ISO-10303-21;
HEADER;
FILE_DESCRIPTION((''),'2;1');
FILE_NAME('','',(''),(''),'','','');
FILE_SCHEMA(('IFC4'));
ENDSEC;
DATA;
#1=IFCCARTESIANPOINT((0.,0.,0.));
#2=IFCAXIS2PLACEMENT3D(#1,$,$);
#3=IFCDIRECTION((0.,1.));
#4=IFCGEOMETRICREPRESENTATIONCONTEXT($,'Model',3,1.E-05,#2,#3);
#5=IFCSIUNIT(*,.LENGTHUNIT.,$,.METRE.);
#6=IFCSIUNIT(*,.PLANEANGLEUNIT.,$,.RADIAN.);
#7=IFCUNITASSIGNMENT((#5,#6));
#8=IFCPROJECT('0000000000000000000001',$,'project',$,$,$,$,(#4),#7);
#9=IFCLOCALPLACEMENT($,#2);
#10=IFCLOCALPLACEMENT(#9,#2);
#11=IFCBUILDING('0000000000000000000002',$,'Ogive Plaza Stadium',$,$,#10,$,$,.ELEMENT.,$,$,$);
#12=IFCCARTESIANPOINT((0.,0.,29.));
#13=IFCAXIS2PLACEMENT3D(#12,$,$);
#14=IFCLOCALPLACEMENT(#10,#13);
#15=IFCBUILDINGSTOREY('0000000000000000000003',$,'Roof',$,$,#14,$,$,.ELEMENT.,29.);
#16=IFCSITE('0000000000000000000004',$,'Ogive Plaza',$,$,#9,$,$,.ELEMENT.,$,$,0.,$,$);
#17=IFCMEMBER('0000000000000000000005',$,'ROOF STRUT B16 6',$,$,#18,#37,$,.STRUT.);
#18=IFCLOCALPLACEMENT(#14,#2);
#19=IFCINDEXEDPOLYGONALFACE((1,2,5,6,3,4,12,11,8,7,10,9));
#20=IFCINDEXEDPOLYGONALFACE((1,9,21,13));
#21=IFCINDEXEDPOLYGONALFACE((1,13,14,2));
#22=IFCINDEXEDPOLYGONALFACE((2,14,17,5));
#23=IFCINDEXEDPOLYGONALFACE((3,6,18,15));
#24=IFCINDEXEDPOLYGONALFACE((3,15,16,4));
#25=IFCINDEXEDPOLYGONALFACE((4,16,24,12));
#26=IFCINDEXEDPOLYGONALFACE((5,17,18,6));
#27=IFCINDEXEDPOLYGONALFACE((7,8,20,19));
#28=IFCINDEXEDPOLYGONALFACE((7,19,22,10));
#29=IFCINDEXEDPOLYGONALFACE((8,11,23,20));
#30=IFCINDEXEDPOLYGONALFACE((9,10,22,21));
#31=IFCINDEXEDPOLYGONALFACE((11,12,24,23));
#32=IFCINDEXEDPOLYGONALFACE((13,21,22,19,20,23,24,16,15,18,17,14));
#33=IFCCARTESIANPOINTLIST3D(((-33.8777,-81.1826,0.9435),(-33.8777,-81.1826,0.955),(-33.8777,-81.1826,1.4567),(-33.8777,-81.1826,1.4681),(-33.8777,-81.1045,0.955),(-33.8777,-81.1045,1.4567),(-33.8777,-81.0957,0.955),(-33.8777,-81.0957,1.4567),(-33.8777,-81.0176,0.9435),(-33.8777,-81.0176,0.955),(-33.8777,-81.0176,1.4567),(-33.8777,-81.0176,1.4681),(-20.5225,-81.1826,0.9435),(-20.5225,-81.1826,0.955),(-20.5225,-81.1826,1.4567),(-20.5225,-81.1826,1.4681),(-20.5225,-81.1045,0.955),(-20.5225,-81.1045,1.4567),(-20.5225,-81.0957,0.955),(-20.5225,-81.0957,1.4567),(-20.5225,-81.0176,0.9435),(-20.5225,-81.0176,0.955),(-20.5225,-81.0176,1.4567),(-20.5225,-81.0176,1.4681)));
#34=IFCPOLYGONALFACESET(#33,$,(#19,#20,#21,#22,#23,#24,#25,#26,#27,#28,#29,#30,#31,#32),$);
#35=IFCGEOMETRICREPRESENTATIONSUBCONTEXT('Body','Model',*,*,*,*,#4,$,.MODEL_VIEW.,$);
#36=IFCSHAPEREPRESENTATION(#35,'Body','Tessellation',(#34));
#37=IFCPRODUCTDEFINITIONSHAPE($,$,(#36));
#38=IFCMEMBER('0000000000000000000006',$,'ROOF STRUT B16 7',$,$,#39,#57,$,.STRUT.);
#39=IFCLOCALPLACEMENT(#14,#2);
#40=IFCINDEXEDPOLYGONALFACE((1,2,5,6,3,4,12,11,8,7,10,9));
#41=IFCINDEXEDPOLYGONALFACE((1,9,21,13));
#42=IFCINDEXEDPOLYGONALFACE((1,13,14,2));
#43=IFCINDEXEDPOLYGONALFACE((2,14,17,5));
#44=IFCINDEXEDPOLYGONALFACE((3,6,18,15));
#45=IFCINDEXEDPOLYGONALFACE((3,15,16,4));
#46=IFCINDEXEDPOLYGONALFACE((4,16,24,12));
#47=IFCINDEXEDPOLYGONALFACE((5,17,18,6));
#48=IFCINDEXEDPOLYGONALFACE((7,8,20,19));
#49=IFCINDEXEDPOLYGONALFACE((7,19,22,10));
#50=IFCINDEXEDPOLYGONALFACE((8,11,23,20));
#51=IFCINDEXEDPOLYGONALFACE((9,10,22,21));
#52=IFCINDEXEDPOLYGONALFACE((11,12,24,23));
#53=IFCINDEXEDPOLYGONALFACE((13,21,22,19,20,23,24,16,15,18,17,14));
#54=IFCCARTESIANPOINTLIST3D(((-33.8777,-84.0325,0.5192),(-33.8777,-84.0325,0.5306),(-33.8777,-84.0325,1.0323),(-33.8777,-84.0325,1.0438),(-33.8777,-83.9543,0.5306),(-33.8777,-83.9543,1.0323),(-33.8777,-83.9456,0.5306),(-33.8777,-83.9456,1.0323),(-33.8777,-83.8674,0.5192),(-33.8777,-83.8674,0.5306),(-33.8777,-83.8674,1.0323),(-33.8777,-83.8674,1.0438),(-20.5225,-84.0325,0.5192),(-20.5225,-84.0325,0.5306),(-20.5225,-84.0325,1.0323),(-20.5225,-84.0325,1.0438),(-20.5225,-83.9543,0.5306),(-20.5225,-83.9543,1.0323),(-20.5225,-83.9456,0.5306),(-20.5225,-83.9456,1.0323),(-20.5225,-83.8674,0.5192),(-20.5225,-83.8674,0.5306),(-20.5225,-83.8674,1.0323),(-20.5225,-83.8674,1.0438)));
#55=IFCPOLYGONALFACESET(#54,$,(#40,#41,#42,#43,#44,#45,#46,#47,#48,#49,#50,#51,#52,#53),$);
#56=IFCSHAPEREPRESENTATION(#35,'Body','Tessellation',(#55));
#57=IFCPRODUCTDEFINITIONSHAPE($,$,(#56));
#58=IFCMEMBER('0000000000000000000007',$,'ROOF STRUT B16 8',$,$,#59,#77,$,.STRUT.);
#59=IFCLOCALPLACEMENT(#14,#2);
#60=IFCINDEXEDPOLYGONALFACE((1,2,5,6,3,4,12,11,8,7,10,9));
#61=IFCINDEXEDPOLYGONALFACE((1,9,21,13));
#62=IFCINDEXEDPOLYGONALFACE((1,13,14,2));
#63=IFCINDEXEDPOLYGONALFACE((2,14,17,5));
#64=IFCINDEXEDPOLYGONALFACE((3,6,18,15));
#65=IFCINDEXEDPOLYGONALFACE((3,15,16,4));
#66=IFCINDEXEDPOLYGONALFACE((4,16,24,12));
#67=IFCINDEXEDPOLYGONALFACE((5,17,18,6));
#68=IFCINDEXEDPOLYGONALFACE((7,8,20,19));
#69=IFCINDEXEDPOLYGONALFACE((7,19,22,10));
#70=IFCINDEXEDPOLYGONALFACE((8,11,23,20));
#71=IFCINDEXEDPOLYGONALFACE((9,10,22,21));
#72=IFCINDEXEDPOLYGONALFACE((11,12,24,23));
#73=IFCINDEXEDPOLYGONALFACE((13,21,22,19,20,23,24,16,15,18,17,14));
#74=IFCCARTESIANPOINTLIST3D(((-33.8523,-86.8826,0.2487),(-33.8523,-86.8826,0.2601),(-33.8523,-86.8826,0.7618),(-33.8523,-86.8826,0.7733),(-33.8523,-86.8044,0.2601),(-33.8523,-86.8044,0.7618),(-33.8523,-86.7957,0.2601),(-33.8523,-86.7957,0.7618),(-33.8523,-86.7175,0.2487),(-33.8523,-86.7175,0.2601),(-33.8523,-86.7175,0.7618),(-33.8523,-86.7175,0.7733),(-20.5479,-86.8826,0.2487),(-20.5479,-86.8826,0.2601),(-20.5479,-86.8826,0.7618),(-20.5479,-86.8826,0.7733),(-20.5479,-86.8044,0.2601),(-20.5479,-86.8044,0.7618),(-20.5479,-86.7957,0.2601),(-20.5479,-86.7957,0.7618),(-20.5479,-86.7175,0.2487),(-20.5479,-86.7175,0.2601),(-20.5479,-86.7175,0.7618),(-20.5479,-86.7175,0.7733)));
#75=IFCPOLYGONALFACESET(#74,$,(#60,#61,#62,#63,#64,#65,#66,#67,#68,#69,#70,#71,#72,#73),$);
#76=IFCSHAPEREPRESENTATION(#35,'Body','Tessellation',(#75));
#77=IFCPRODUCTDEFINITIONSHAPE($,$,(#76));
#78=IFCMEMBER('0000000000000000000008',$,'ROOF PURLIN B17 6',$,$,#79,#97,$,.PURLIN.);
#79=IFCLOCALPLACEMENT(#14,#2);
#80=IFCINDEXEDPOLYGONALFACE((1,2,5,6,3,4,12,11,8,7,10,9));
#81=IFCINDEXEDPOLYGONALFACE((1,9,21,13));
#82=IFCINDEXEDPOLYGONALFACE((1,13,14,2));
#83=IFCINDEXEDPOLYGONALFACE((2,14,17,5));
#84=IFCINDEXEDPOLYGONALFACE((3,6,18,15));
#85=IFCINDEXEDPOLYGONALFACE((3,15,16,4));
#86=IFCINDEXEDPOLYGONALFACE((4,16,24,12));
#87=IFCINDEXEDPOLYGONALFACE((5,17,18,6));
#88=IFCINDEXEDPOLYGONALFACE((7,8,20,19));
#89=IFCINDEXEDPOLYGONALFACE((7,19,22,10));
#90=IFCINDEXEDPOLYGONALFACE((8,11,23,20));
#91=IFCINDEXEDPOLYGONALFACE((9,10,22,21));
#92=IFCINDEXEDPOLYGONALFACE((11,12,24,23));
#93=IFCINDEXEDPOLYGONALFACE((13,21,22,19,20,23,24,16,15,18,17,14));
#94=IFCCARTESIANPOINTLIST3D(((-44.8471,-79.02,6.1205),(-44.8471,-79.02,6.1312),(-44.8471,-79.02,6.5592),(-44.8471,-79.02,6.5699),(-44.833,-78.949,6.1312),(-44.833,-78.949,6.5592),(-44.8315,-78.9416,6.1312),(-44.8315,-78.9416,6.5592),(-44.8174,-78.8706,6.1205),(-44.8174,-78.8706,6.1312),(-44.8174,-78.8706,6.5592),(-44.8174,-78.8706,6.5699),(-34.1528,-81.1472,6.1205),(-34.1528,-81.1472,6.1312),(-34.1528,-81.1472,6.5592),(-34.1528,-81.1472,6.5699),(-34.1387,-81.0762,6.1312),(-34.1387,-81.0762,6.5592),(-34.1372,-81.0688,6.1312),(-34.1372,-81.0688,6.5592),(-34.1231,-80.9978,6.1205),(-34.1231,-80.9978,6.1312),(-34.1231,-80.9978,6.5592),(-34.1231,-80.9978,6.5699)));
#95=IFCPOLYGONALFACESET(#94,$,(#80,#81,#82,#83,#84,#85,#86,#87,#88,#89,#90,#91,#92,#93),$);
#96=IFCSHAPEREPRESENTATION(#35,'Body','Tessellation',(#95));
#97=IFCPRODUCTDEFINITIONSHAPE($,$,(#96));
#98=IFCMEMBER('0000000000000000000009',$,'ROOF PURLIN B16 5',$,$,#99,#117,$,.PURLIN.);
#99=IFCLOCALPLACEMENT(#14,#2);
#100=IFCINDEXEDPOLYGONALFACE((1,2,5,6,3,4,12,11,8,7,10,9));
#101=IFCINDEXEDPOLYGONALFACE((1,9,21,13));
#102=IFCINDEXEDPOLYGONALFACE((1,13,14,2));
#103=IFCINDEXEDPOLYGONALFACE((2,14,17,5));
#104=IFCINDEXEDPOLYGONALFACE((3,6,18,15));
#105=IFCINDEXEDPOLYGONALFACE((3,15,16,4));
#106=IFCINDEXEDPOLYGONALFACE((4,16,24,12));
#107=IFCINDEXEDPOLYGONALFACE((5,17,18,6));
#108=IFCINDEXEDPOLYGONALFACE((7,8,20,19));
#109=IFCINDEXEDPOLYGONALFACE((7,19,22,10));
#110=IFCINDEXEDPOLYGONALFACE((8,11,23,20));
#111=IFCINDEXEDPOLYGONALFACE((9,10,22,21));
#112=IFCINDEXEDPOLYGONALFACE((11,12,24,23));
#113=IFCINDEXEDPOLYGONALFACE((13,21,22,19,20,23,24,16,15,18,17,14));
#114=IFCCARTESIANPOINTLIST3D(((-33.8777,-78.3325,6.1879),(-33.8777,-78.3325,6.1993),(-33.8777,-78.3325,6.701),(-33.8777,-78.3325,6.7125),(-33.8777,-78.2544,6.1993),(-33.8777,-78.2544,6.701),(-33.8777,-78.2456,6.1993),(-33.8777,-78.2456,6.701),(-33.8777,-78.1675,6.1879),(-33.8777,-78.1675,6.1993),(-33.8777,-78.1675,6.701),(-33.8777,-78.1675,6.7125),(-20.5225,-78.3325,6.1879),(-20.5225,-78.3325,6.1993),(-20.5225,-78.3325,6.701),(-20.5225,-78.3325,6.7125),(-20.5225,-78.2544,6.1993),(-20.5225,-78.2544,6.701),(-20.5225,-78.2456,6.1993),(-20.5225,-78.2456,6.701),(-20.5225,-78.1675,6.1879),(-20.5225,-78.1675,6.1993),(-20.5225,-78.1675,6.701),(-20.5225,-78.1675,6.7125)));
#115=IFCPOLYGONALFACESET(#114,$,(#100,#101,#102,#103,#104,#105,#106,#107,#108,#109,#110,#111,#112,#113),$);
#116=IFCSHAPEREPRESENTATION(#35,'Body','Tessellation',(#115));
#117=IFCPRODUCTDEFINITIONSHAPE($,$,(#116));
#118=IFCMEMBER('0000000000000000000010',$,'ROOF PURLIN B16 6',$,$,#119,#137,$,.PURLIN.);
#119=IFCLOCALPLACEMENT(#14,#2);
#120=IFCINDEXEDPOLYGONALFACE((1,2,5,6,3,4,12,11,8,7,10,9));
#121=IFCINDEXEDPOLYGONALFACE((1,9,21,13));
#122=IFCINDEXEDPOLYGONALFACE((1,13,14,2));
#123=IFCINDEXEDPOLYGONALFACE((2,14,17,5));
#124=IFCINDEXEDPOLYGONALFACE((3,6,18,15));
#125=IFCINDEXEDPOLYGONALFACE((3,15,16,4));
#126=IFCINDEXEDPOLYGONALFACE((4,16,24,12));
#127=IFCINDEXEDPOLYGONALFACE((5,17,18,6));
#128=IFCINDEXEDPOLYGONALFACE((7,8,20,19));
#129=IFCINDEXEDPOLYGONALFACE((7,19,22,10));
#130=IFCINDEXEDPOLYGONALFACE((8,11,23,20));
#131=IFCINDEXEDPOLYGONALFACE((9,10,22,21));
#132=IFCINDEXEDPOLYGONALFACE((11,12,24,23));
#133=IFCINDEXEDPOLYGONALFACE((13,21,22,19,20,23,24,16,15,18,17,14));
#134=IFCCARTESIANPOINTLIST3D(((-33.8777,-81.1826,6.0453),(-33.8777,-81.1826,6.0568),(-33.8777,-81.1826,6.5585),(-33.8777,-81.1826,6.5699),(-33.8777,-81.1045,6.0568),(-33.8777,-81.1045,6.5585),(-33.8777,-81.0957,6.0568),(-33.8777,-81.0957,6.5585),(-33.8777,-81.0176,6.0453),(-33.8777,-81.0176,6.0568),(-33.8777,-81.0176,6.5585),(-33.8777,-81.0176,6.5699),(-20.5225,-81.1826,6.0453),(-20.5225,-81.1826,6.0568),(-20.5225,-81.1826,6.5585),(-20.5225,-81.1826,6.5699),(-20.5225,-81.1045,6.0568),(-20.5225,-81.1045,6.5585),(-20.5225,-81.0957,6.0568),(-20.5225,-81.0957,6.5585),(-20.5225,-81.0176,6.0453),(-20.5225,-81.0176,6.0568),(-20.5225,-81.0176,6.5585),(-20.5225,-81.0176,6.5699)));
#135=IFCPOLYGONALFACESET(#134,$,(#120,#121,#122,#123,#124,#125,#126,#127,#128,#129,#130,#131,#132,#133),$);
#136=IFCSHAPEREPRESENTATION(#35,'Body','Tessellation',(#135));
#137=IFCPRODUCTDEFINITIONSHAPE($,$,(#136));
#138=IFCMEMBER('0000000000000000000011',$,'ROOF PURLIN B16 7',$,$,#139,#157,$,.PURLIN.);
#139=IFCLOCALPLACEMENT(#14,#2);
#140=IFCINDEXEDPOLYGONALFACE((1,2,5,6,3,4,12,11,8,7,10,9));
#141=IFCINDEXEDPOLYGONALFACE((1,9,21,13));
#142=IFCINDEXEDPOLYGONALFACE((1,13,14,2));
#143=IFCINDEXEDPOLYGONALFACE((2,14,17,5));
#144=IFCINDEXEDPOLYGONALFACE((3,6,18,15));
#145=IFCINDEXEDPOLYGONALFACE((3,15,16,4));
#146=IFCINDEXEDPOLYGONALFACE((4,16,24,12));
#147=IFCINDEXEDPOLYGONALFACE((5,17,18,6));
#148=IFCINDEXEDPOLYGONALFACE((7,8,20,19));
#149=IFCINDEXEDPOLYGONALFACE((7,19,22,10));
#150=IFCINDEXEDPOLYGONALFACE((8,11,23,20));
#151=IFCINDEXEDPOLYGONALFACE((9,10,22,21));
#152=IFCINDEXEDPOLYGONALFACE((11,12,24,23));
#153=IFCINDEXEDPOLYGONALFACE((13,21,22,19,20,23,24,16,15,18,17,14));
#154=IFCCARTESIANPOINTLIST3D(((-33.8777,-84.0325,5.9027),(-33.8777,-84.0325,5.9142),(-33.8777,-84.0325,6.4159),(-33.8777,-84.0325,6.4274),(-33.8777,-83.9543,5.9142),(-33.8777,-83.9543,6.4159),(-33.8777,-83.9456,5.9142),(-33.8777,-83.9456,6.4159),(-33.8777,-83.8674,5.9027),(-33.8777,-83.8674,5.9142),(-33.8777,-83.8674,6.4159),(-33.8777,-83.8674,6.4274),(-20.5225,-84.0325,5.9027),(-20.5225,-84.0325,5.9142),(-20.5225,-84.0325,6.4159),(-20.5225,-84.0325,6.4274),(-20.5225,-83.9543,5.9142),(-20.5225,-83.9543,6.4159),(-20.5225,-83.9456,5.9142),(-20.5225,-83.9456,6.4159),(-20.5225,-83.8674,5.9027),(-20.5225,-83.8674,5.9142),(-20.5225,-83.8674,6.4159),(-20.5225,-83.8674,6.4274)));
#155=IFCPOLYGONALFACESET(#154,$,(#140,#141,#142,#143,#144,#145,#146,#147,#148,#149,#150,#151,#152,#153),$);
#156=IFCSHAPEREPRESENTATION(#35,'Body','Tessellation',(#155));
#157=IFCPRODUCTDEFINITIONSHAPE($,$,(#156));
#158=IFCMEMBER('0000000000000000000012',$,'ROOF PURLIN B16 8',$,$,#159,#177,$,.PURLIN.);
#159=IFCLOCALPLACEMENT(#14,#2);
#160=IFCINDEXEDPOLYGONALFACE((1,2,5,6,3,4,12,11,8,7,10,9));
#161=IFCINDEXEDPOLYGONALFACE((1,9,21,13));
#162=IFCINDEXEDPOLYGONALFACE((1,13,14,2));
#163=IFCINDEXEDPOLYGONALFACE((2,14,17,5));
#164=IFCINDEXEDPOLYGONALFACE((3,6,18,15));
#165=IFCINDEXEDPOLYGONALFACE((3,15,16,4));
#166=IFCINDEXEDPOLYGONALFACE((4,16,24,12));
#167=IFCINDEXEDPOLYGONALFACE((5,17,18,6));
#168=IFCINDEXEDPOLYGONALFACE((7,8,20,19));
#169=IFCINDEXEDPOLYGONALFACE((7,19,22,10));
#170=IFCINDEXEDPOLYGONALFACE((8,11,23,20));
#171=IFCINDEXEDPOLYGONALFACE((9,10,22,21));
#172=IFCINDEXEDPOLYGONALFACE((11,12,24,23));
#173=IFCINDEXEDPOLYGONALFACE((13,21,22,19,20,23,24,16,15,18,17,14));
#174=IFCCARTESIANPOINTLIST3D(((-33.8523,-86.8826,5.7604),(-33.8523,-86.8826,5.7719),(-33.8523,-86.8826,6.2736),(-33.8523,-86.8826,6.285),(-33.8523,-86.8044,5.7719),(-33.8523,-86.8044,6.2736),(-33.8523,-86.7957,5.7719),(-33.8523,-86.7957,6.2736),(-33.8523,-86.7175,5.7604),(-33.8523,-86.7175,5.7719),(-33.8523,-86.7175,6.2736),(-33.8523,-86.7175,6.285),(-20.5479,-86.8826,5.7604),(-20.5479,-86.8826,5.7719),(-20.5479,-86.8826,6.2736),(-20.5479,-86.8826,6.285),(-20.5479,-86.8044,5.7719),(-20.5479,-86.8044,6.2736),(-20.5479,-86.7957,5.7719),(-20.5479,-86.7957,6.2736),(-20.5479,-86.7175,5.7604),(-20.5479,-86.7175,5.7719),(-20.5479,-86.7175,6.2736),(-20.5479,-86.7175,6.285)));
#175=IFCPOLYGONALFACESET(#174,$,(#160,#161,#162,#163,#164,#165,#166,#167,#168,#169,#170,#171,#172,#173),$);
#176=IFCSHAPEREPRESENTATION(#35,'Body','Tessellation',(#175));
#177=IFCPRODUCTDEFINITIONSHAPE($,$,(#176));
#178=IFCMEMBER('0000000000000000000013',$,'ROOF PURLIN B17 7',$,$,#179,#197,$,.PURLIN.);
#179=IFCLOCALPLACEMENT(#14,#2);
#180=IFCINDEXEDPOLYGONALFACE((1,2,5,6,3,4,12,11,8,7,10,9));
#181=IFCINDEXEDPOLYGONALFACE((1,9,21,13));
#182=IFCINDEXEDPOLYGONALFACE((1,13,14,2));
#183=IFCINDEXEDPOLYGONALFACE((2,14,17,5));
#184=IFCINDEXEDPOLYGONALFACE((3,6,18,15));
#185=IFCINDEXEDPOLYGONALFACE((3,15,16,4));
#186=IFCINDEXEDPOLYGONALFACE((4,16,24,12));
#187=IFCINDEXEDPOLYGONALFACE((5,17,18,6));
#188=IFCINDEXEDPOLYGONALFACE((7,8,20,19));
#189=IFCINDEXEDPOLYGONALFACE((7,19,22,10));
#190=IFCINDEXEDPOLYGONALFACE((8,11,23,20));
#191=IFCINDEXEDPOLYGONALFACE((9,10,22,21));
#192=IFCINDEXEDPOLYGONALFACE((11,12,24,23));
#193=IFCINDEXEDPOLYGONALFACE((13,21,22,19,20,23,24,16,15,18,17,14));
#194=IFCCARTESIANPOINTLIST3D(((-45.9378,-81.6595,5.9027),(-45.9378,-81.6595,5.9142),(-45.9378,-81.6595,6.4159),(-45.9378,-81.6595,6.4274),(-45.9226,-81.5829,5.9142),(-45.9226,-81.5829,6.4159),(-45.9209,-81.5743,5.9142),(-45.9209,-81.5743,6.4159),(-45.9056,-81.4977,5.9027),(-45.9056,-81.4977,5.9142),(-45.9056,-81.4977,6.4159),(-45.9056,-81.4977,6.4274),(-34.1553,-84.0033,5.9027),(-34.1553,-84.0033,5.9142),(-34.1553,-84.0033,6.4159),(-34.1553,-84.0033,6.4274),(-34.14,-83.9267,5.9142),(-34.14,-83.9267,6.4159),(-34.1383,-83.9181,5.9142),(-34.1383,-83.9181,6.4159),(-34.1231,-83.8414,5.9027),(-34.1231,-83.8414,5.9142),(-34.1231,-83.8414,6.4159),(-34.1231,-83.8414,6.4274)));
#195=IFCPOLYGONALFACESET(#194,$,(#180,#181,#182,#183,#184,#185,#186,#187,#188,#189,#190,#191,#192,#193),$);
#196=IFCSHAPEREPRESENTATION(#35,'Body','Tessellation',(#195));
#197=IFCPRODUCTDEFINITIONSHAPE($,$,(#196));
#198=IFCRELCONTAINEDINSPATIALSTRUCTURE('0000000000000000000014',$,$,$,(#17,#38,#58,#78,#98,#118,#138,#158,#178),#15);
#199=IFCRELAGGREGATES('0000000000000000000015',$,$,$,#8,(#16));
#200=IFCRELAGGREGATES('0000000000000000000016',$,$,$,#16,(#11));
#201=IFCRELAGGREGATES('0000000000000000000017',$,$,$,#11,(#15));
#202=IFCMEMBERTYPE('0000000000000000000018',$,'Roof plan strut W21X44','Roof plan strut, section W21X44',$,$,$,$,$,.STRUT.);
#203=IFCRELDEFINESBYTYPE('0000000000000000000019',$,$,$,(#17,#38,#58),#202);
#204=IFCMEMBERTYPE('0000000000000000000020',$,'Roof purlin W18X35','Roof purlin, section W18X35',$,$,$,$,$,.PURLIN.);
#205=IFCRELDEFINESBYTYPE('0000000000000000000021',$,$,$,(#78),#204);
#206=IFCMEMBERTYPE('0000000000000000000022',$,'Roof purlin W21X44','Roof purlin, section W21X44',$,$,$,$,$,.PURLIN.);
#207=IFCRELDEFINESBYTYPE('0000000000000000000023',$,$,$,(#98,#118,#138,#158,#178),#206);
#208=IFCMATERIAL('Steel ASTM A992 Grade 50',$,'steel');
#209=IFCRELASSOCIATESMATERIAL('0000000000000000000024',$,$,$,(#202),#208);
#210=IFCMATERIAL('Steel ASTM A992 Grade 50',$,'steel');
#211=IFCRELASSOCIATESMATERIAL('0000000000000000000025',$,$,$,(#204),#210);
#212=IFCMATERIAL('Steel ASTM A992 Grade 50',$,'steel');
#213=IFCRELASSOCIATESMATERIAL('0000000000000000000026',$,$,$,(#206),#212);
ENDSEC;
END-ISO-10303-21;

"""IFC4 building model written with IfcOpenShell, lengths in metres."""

from ifc_helpers import new_model, si_unit, direction, frame, origin, origin_2d, place, context, subcontext, project, spatial, i_section, extrude, material, material_profile, profile_set, type_object, element, save


model = new_model("IFC4")

# Units and contexts
model_context = context("Model", 3, precision=1e-05, world=origin(), true_north=direction((0.0, 1.0)))
body_context = subcontext(model_context, "Body", "Model", "MODEL_VIEW")
ifc_project = project(units=[si_unit("LENGTHUNIT", "METRE"), si_unit("PLANEANGLEUNIT", "RADIAN")], contexts=[model_context])

# Site, building, storey
site_placement = place(None, origin())
site = spatial("IfcSite", under=ifc_project, at=site_placement, Name="Ogive Plaza", CompositionType="ELEMENT", RefElevation=0.0)
building_placement = place(site_placement, origin())
building = spatial("IfcBuilding", under=site, at=building_placement, Name="Ogive Plaza Stadium", CompositionType="ELEMENT")
storey_placement = place(building_placement, frame((0.0, 0.0, 29.0)))
storey = spatial("IfcBuildingStorey", under=building, at=storey_placement, Name="Roof", CompositionType="ELEMENT", Elevation=29.0)

# Members
ifc_material_1 = material(Name="Steel ASTM A992 Grade 50", Category="steel")
ifc_material_profile_1 = material_profile(ifc_material_1, i_section(OverallWidth=0.165, OverallDepth=0.5247, WebThickness=0.0088, FlangeThickness=0.0115, at=origin_2d()), Name="W21X44")
ifc_profile_set_1 = profile_set([ifc_material_profile_1], Name="Steel ASTM A992 Grade 50")
member_type_1 = type_object("IfcMemberType", Name="Roof plan strut W21X44", Description="Roof plan strut, section W21X44", PredefinedType="STRUT", material=ifc_profile_set_1)
for number, where, z_axis, x_axis, name in (
    (1, (-20.5225, -81.1001, 1.2058), (-1.0, 0.0, 0.0), (0.0, -1.0, 0.0), "ROOF STRUT B16 6"),
    (2, (-20.5225, -83.95, 0.7815), (-1.0, 0.0, 0.0), (0.0, -1.0, 0.0), "ROOF STRUT B16 7"),
):
    element("IfcMember", number, at=place(storey_placement, frame(where, z_axis=z_axis, x_axis=x_axis)), inside=storey, type_object=member_type_1, Name=name, PredefinedType="STRUT", context=body_context, shape_type="SweptSolid", body=[
        extrude(i_section(OverallWidth=0.165, OverallDepth=0.5247, WebThickness=0.0088, FlangeThickness=0.0115, at=origin_2d()), origin(), (0.0, 0.0, 1.0), 13.3552),
    ])
member_1_placement = place(storey_placement, frame((-20.5479, -86.8, 0.511), z_axis=(-1.0, 0.0, 0.0), x_axis=(0.0, -1.0, 0.0)))
element("IfcMember", 3, at=member_1_placement, inside=storey, type_object=member_type_1, Name="ROOF STRUT B16 8", PredefinedType="STRUT", context=body_context, shape_type="SweptSolid", body=[
    extrude(i_section(OverallWidth=0.165, OverallDepth=0.5247, WebThickness=0.0088, FlangeThickness=0.0115, at=origin_2d()), origin(), (0.0, 0.0, 1.0), 13.3044),
])
ifc_material_2 = material(Name="Steel ASTM A992 Grade 50", Category="steel")
ifc_material_profile_2 = material_profile(ifc_material_2, i_section(OverallWidth=0.1523, OverallDepth=0.4495, WebThickness=0.0076, FlangeThickness=0.0107, at=origin_2d()), Name="W18X35")
ifc_profile_set_2 = profile_set([ifc_material_profile_2], Name="Steel ASTM A992 Grade 50")
member_type_2 = type_object("IfcMemberType", Name="Roof purlin W18X35", Description="Roof purlin, section W18X35", PredefinedType="PURLIN", material=ifc_profile_set_2)
member_2_placement = place(storey_placement, frame((-34.1379, -81.0725, 6.3452), z_axis=(-0.980786, 0.195087, 0.0), x_axis=(-0.195087, -0.980786, 0.0)))
element("IfcMember", 4, at=member_2_placement, inside=storey, type_object=member_type_2, Name="ROOF PURLIN B17 6", PredefinedType="PURLIN", context=body_context, shape_type="SweptSolid", body=[
    extrude(i_section(OverallWidth=0.1523, OverallDepth=0.4495, WebThickness=0.0076, FlangeThickness=0.0107, at=origin_2d()), origin(), (0.0, 0.0, 1.0), 10.9038),
])
ifc_material_3 = material(Name="Steel ASTM A992 Grade 50", Category="steel")
ifc_material_profile_3 = material_profile(ifc_material_3, i_section(OverallWidth=0.165, OverallDepth=0.5247, WebThickness=0.0088, FlangeThickness=0.0115, at=origin_2d()), Name="W21X44")
ifc_profile_set_3 = profile_set([ifc_material_profile_3], Name="Steel ASTM A992 Grade 50")
member_type_3 = type_object("IfcMemberType", Name="Roof purlin W21X44", Description="Roof purlin, section W21X44", PredefinedType="PURLIN", material=ifc_profile_set_3)
for number, where, z_axis, x_axis, name in (
    (5, (-20.5225, -78.25, 6.4502), (-1.0, 0.0, 0.0), (0.0, -1.0, 0.0), "ROOF PURLIN B16 5"),
    (6, (-20.5225, -81.1001, 6.3076), (-1.0, 0.0, 0.0), (0.0, -1.0, 0.0), "ROOF PURLIN B16 6"),
    (7, (-20.5225, -83.95, 6.165), (-1.0, 0.0, 0.0), (0.0, -1.0, 0.0), "ROOF PURLIN B16 7"),
):
    element("IfcMember", number, at=place(storey_placement, frame(where, z_axis=z_axis, x_axis=x_axis)), inside=storey, type_object=member_type_3, Name=name, PredefinedType="PURLIN", context=body_context, shape_type="SweptSolid", body=[
        extrude(i_section(OverallWidth=0.165, OverallDepth=0.5247, WebThickness=0.0088, FlangeThickness=0.0115, at=origin_2d()), origin(), (0.0, 0.0, 1.0), 13.3552),
    ])
member_3_placement = place(storey_placement, frame((-20.5479, -86.8, 6.0227), z_axis=(-1.0, 0.0, 0.0), x_axis=(0.0, -1.0, 0.0)))
element("IfcMember", 8, at=member_3_placement, inside=storey, type_object=member_type_3, Name="ROOF PURLIN B16 8", PredefinedType="PURLIN", context=body_context, shape_type="SweptSolid", body=[
    extrude(i_section(OverallWidth=0.165, OverallDepth=0.5247, WebThickness=0.0088, FlangeThickness=0.0115, at=origin_2d()), origin(), (0.0, 0.0, 1.0), 13.3044),
])
member_4_placement = place(storey_placement, frame((-34.1392, -83.9224, 6.165), z_axis=(-0.980784, 0.195096, 0.0), x_axis=(-0.195096, -0.980784, 0.0)))
element("IfcMember", 9, at=member_4_placement, inside=storey, type_object=member_type_3, Name="ROOF PURLIN B17 7", PredefinedType="PURLIN", context=body_context, shape_type="SweptSolid", body=[
    extrude(i_section(OverallWidth=0.165, OverallDepth=0.5247, WebThickness=0.0088, FlangeThickness=0.0115, at=origin_2d()), origin(), (0.0, 0.0, 1.0), 12.0134),
])

save(model, "model.ifc")
